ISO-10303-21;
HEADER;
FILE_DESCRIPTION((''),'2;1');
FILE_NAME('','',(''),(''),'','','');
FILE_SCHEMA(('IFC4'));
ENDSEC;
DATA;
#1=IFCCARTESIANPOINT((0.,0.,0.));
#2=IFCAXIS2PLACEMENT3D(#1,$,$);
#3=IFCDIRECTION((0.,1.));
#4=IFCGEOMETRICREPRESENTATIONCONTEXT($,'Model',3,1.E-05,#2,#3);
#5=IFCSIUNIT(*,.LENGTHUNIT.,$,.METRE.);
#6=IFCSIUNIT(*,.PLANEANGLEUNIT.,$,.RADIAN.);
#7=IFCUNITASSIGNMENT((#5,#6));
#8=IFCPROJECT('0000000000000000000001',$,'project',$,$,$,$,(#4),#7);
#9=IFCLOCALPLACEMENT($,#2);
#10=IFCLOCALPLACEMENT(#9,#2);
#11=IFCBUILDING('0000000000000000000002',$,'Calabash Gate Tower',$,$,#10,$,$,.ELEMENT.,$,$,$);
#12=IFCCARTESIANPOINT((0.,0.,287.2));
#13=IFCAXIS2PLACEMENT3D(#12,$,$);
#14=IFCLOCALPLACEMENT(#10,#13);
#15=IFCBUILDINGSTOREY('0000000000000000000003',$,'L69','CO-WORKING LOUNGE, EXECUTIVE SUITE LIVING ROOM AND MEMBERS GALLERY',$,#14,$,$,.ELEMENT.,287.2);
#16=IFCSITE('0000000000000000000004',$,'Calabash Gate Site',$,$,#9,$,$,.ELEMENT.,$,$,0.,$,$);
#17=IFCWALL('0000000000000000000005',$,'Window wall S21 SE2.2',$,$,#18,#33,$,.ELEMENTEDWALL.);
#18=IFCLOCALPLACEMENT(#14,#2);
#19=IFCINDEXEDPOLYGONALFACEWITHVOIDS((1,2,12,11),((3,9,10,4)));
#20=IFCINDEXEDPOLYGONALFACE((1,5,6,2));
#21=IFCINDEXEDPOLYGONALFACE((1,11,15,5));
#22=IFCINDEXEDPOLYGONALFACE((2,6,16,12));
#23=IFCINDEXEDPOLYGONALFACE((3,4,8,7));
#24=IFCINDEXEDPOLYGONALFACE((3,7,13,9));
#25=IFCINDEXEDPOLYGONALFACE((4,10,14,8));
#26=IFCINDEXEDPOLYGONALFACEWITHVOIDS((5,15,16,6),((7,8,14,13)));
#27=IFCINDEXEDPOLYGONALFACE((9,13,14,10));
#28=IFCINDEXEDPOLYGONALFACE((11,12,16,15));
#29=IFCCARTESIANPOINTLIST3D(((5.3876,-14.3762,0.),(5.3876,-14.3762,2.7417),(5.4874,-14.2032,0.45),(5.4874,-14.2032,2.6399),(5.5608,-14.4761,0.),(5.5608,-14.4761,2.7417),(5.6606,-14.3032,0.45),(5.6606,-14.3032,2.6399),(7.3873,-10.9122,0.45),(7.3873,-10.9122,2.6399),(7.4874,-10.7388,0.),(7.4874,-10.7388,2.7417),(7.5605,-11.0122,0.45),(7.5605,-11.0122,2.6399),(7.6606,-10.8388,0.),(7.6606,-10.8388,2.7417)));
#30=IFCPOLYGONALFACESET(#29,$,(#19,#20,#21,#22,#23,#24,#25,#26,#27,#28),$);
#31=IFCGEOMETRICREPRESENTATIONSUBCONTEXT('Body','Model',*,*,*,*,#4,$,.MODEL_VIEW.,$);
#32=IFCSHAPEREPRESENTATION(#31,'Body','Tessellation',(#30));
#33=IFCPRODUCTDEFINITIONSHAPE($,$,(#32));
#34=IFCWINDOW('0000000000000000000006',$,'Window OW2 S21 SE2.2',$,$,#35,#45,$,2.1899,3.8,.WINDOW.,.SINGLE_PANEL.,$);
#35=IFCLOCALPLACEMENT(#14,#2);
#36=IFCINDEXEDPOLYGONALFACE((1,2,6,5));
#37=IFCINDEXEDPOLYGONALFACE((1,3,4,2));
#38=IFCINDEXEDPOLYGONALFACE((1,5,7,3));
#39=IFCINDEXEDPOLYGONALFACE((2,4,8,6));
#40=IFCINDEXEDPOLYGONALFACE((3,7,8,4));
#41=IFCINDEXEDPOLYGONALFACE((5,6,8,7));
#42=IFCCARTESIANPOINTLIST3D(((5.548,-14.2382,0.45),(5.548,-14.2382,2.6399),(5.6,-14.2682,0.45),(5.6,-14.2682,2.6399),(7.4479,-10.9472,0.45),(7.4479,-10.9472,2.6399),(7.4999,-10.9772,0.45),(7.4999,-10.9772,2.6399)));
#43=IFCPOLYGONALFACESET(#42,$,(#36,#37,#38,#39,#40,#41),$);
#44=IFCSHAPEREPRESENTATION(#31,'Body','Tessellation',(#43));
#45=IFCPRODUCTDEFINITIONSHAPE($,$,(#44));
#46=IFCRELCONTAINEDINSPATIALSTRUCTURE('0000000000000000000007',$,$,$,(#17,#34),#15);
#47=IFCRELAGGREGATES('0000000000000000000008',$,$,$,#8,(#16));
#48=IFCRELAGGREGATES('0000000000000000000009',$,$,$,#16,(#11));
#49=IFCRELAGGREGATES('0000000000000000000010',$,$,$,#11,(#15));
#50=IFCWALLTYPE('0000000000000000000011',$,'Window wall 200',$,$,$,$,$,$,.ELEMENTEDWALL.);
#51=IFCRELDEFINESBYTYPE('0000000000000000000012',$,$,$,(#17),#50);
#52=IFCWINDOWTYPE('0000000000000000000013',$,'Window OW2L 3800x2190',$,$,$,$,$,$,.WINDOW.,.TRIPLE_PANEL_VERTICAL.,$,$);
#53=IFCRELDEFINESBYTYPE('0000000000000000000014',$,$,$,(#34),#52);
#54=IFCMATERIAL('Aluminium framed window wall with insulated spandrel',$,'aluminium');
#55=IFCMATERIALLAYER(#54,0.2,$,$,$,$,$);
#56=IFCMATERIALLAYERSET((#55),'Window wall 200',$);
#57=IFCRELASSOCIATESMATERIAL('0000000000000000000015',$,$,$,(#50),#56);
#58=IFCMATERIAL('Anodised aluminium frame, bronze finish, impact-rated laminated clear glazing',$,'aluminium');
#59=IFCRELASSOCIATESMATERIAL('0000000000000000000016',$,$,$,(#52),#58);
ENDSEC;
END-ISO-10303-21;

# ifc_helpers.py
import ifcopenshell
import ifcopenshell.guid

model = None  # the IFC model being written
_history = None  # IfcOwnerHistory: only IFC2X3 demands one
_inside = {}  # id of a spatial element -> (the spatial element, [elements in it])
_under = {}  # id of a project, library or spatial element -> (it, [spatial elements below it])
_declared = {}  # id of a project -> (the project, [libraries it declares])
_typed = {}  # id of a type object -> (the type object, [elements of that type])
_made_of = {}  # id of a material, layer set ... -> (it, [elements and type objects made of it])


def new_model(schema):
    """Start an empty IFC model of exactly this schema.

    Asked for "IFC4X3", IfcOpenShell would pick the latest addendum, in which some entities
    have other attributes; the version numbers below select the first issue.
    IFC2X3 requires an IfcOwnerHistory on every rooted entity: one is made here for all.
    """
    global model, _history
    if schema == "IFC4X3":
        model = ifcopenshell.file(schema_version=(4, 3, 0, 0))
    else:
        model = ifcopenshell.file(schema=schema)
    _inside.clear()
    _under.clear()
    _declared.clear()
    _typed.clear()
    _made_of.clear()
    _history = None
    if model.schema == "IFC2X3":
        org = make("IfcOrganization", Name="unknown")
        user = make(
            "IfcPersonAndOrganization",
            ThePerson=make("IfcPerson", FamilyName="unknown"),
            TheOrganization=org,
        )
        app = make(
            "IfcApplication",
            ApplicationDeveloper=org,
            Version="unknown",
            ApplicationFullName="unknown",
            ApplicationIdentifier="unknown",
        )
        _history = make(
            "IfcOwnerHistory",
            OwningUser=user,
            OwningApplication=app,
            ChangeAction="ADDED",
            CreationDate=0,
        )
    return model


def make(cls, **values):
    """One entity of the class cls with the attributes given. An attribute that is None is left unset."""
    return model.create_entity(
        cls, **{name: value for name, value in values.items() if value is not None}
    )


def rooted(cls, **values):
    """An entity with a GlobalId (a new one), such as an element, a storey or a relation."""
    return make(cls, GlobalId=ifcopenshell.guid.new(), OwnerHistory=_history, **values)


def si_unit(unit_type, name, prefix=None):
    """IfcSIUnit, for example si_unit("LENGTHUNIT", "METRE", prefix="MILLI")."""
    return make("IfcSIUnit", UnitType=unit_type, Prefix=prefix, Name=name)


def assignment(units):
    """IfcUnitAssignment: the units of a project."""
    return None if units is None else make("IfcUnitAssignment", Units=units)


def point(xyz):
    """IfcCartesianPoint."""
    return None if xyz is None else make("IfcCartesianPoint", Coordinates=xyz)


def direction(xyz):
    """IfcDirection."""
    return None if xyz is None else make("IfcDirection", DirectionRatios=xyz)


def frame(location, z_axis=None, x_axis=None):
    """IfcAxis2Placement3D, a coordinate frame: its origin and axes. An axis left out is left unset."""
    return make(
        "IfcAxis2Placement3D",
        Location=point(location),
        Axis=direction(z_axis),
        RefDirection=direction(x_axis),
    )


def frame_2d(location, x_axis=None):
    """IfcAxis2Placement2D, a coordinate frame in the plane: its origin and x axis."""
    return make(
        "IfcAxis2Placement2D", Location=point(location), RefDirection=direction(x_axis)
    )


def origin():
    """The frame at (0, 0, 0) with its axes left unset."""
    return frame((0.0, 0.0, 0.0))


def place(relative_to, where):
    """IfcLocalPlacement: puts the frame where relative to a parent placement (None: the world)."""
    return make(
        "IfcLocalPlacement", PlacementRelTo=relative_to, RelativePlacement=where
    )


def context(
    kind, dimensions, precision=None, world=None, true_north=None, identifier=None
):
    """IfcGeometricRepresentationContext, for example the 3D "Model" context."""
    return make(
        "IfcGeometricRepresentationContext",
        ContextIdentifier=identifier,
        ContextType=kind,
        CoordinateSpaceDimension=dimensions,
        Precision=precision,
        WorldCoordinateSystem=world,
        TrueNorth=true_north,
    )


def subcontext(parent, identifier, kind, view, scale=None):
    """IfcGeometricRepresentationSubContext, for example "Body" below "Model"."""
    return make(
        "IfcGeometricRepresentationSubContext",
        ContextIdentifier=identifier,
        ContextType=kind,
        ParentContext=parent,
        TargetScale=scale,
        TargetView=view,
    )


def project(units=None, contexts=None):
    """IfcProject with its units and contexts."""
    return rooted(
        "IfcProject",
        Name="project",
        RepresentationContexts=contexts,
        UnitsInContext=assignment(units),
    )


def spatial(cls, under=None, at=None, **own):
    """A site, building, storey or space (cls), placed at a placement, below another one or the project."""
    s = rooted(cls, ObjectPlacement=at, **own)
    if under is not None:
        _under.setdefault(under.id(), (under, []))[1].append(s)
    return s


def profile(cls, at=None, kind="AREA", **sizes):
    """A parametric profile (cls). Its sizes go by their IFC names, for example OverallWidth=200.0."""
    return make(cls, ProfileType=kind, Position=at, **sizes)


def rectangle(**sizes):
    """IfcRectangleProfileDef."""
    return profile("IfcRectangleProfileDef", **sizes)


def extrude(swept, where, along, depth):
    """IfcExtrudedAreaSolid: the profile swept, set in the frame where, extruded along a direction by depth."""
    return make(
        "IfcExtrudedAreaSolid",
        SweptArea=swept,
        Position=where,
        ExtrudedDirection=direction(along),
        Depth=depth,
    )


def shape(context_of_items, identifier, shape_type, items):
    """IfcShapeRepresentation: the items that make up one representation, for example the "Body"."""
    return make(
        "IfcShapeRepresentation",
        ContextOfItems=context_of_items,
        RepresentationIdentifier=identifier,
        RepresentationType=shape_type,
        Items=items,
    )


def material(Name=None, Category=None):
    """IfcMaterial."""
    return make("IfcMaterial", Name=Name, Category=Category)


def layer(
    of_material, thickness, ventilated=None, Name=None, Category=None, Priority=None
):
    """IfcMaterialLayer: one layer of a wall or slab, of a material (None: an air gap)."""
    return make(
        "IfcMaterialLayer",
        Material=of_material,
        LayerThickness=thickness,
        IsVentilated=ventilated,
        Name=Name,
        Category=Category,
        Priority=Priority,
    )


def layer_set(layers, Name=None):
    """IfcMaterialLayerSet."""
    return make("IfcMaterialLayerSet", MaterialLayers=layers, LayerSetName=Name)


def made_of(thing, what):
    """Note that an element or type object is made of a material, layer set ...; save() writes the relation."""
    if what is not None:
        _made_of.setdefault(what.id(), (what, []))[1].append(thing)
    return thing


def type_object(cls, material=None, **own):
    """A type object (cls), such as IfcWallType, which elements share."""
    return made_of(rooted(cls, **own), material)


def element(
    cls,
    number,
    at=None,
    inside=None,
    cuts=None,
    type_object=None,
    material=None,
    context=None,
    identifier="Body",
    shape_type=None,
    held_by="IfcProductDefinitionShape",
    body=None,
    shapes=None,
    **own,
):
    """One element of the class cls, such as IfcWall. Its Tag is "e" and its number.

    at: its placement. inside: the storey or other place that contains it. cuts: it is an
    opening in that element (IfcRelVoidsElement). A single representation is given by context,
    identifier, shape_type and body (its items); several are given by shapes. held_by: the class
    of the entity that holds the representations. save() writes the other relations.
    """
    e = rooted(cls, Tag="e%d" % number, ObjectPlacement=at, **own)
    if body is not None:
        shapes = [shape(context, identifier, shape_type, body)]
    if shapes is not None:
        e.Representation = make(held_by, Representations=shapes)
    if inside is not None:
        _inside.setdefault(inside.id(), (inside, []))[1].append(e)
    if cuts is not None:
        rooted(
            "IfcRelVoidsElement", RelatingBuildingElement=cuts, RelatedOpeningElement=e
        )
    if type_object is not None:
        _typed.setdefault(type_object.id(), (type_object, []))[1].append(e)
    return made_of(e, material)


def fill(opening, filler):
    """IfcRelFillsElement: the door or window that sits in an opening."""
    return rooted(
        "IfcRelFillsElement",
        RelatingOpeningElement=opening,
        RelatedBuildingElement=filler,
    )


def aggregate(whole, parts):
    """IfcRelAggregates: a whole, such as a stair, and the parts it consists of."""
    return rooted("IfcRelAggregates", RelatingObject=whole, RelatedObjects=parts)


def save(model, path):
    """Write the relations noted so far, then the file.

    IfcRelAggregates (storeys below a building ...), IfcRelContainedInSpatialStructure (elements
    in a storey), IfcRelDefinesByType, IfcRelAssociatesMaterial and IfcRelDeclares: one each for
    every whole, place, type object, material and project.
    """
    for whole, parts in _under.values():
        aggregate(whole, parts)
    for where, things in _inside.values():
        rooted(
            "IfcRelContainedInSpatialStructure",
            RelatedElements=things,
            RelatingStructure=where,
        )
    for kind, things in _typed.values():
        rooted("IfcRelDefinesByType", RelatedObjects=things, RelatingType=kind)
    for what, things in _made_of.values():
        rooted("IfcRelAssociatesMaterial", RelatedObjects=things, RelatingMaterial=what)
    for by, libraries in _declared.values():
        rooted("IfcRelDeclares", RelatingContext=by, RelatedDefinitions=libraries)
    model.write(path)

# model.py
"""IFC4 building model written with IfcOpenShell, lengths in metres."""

from ifc_helpers import new_model, si_unit, direction, frame, frame_2d, origin, place, context, subcontext, project, spatial, rectangle, extrude, material, layer, layer_set, type_object, element, fill, save


model = new_model("IFC4")

# Units and contexts
model_context = context("Model", 3, precision=1e-05, world=origin(), true_north=direction((0.0, 1.0)))
body_context = subcontext(model_context, "Body", "Model", "MODEL_VIEW")
ifc_project = project(units=[si_unit("LENGTHUNIT", "METRE"), si_unit("PLANEANGLEUNIT", "RADIAN")], contexts=[model_context])

# Site, building, storey
site_placement = place(None, origin())
site = spatial("IfcSite", under=ifc_project, at=site_placement, Name="Calabash Gate Site", CompositionType="ELEMENT", RefElevation=0.0)
building_placement = place(site_placement, origin())
building = spatial("IfcBuilding", under=site, at=building_placement, Name="Calabash Gate Tower", CompositionType="ELEMENT")
storey_placement = place(building_placement, frame((0.0, 0.0, 287.2)))
storey = spatial("IfcBuildingStorey", under=building, at=storey_placement, Name="L69", Description="CO-WORKING LOUNGE, EXECUTIVE SUITE LIVING ROOM AND MEMBERS GALLERY", CompositionType="ELEMENT", Elevation=287.2)

# Shared definitions
ifc_material_1 = material(Name="Aluminium framed window wall with insulated spandrel", Category="aluminium")
ifc_layer_1 = layer(ifc_material_1, 0.2)
ifc_layer_set_1 = layer_set([ifc_layer_1], Name="Window wall 200")
wall_type_1 = type_object("IfcWallType", Name="Window wall 200", PredefinedType="ELEMENTEDWALL", material=ifc_layer_set_1)

# Wall, opening, window
wall_1_placement = place(storey_placement, frame((5.4741, -14.4263, 0.0), z_axis=(0.0, 0.0, 1.0), x_axis=(0.499959, 0.866049, 0.0)))
wall_1 = element("IfcWall", 1, at=wall_1_placement, inside=storey, type_object=wall_type_1, Name="Window wall S21 SE2.2", PredefinedType="ELEMENTEDWALL", context=body_context, shape_type="SweptSolid", body=[
    extrude(rectangle(XDim=4.2, YDim=0.2, at=frame_2d((2.1001, 0.0))), origin(), (0.0, 0.0, 1.0), 2.7417),
])
opening_1_placement = place(wall_1_placement, frame((0.2, 0.0, 0.45)))
opening_1 = element("IfcOpeningElement", 2, at=opening_1_placement, cuts=wall_1, PredefinedType="OPENING", context=body_context, shape_type="SweptSolid", body=[
    extrude(rectangle(XDim=3.8, YDim=2.1899, at=frame_2d((1.8999, 1.095))), frame((0.0, 0.1099, 0.0), z_axis=(0.0, -1.0, 0.0), x_axis=(1.0, 0.0, 0.0)), (0.0, 0.0, 1.0), 0.22),
])
ifc_material_2 = material(Name="Anodised aluminium frame, bronze finish, impact-rated laminated clear glazing", Category="aluminium")
window_type_1 = type_object("IfcWindowType", Name="Window OW2L 3800x2190", PartitioningType="TRIPLE_PANEL_VERTICAL", PredefinedType="WINDOW", material=ifc_material_2)
window_1_placement = place(opening_1_placement, origin())
window_1 = element("IfcWindow", 3, at=window_1_placement, inside=storey, type_object=window_type_1, Name="Window OW2 S21 SE2.2", OverallHeight=2.1899, OverallWidth=3.8, PartitioningType="SINGLE_PANEL", PredefinedType="WINDOW", context=body_context, shape_type="SweptSolid", body=[
    extrude(rectangle(XDim=3.8, YDim=2.1899, at=frame_2d((1.8999, 1.095))), frame((0.0, 0.03, 0.0), z_axis=(0.0, -1.0, 0.0), x_axis=(1.0, 0.0, 0.0)), (0.0, 0.0, 1.0), 0.0601),
])
fill(opening_1, window_1)

save(model, "model.ifc")
